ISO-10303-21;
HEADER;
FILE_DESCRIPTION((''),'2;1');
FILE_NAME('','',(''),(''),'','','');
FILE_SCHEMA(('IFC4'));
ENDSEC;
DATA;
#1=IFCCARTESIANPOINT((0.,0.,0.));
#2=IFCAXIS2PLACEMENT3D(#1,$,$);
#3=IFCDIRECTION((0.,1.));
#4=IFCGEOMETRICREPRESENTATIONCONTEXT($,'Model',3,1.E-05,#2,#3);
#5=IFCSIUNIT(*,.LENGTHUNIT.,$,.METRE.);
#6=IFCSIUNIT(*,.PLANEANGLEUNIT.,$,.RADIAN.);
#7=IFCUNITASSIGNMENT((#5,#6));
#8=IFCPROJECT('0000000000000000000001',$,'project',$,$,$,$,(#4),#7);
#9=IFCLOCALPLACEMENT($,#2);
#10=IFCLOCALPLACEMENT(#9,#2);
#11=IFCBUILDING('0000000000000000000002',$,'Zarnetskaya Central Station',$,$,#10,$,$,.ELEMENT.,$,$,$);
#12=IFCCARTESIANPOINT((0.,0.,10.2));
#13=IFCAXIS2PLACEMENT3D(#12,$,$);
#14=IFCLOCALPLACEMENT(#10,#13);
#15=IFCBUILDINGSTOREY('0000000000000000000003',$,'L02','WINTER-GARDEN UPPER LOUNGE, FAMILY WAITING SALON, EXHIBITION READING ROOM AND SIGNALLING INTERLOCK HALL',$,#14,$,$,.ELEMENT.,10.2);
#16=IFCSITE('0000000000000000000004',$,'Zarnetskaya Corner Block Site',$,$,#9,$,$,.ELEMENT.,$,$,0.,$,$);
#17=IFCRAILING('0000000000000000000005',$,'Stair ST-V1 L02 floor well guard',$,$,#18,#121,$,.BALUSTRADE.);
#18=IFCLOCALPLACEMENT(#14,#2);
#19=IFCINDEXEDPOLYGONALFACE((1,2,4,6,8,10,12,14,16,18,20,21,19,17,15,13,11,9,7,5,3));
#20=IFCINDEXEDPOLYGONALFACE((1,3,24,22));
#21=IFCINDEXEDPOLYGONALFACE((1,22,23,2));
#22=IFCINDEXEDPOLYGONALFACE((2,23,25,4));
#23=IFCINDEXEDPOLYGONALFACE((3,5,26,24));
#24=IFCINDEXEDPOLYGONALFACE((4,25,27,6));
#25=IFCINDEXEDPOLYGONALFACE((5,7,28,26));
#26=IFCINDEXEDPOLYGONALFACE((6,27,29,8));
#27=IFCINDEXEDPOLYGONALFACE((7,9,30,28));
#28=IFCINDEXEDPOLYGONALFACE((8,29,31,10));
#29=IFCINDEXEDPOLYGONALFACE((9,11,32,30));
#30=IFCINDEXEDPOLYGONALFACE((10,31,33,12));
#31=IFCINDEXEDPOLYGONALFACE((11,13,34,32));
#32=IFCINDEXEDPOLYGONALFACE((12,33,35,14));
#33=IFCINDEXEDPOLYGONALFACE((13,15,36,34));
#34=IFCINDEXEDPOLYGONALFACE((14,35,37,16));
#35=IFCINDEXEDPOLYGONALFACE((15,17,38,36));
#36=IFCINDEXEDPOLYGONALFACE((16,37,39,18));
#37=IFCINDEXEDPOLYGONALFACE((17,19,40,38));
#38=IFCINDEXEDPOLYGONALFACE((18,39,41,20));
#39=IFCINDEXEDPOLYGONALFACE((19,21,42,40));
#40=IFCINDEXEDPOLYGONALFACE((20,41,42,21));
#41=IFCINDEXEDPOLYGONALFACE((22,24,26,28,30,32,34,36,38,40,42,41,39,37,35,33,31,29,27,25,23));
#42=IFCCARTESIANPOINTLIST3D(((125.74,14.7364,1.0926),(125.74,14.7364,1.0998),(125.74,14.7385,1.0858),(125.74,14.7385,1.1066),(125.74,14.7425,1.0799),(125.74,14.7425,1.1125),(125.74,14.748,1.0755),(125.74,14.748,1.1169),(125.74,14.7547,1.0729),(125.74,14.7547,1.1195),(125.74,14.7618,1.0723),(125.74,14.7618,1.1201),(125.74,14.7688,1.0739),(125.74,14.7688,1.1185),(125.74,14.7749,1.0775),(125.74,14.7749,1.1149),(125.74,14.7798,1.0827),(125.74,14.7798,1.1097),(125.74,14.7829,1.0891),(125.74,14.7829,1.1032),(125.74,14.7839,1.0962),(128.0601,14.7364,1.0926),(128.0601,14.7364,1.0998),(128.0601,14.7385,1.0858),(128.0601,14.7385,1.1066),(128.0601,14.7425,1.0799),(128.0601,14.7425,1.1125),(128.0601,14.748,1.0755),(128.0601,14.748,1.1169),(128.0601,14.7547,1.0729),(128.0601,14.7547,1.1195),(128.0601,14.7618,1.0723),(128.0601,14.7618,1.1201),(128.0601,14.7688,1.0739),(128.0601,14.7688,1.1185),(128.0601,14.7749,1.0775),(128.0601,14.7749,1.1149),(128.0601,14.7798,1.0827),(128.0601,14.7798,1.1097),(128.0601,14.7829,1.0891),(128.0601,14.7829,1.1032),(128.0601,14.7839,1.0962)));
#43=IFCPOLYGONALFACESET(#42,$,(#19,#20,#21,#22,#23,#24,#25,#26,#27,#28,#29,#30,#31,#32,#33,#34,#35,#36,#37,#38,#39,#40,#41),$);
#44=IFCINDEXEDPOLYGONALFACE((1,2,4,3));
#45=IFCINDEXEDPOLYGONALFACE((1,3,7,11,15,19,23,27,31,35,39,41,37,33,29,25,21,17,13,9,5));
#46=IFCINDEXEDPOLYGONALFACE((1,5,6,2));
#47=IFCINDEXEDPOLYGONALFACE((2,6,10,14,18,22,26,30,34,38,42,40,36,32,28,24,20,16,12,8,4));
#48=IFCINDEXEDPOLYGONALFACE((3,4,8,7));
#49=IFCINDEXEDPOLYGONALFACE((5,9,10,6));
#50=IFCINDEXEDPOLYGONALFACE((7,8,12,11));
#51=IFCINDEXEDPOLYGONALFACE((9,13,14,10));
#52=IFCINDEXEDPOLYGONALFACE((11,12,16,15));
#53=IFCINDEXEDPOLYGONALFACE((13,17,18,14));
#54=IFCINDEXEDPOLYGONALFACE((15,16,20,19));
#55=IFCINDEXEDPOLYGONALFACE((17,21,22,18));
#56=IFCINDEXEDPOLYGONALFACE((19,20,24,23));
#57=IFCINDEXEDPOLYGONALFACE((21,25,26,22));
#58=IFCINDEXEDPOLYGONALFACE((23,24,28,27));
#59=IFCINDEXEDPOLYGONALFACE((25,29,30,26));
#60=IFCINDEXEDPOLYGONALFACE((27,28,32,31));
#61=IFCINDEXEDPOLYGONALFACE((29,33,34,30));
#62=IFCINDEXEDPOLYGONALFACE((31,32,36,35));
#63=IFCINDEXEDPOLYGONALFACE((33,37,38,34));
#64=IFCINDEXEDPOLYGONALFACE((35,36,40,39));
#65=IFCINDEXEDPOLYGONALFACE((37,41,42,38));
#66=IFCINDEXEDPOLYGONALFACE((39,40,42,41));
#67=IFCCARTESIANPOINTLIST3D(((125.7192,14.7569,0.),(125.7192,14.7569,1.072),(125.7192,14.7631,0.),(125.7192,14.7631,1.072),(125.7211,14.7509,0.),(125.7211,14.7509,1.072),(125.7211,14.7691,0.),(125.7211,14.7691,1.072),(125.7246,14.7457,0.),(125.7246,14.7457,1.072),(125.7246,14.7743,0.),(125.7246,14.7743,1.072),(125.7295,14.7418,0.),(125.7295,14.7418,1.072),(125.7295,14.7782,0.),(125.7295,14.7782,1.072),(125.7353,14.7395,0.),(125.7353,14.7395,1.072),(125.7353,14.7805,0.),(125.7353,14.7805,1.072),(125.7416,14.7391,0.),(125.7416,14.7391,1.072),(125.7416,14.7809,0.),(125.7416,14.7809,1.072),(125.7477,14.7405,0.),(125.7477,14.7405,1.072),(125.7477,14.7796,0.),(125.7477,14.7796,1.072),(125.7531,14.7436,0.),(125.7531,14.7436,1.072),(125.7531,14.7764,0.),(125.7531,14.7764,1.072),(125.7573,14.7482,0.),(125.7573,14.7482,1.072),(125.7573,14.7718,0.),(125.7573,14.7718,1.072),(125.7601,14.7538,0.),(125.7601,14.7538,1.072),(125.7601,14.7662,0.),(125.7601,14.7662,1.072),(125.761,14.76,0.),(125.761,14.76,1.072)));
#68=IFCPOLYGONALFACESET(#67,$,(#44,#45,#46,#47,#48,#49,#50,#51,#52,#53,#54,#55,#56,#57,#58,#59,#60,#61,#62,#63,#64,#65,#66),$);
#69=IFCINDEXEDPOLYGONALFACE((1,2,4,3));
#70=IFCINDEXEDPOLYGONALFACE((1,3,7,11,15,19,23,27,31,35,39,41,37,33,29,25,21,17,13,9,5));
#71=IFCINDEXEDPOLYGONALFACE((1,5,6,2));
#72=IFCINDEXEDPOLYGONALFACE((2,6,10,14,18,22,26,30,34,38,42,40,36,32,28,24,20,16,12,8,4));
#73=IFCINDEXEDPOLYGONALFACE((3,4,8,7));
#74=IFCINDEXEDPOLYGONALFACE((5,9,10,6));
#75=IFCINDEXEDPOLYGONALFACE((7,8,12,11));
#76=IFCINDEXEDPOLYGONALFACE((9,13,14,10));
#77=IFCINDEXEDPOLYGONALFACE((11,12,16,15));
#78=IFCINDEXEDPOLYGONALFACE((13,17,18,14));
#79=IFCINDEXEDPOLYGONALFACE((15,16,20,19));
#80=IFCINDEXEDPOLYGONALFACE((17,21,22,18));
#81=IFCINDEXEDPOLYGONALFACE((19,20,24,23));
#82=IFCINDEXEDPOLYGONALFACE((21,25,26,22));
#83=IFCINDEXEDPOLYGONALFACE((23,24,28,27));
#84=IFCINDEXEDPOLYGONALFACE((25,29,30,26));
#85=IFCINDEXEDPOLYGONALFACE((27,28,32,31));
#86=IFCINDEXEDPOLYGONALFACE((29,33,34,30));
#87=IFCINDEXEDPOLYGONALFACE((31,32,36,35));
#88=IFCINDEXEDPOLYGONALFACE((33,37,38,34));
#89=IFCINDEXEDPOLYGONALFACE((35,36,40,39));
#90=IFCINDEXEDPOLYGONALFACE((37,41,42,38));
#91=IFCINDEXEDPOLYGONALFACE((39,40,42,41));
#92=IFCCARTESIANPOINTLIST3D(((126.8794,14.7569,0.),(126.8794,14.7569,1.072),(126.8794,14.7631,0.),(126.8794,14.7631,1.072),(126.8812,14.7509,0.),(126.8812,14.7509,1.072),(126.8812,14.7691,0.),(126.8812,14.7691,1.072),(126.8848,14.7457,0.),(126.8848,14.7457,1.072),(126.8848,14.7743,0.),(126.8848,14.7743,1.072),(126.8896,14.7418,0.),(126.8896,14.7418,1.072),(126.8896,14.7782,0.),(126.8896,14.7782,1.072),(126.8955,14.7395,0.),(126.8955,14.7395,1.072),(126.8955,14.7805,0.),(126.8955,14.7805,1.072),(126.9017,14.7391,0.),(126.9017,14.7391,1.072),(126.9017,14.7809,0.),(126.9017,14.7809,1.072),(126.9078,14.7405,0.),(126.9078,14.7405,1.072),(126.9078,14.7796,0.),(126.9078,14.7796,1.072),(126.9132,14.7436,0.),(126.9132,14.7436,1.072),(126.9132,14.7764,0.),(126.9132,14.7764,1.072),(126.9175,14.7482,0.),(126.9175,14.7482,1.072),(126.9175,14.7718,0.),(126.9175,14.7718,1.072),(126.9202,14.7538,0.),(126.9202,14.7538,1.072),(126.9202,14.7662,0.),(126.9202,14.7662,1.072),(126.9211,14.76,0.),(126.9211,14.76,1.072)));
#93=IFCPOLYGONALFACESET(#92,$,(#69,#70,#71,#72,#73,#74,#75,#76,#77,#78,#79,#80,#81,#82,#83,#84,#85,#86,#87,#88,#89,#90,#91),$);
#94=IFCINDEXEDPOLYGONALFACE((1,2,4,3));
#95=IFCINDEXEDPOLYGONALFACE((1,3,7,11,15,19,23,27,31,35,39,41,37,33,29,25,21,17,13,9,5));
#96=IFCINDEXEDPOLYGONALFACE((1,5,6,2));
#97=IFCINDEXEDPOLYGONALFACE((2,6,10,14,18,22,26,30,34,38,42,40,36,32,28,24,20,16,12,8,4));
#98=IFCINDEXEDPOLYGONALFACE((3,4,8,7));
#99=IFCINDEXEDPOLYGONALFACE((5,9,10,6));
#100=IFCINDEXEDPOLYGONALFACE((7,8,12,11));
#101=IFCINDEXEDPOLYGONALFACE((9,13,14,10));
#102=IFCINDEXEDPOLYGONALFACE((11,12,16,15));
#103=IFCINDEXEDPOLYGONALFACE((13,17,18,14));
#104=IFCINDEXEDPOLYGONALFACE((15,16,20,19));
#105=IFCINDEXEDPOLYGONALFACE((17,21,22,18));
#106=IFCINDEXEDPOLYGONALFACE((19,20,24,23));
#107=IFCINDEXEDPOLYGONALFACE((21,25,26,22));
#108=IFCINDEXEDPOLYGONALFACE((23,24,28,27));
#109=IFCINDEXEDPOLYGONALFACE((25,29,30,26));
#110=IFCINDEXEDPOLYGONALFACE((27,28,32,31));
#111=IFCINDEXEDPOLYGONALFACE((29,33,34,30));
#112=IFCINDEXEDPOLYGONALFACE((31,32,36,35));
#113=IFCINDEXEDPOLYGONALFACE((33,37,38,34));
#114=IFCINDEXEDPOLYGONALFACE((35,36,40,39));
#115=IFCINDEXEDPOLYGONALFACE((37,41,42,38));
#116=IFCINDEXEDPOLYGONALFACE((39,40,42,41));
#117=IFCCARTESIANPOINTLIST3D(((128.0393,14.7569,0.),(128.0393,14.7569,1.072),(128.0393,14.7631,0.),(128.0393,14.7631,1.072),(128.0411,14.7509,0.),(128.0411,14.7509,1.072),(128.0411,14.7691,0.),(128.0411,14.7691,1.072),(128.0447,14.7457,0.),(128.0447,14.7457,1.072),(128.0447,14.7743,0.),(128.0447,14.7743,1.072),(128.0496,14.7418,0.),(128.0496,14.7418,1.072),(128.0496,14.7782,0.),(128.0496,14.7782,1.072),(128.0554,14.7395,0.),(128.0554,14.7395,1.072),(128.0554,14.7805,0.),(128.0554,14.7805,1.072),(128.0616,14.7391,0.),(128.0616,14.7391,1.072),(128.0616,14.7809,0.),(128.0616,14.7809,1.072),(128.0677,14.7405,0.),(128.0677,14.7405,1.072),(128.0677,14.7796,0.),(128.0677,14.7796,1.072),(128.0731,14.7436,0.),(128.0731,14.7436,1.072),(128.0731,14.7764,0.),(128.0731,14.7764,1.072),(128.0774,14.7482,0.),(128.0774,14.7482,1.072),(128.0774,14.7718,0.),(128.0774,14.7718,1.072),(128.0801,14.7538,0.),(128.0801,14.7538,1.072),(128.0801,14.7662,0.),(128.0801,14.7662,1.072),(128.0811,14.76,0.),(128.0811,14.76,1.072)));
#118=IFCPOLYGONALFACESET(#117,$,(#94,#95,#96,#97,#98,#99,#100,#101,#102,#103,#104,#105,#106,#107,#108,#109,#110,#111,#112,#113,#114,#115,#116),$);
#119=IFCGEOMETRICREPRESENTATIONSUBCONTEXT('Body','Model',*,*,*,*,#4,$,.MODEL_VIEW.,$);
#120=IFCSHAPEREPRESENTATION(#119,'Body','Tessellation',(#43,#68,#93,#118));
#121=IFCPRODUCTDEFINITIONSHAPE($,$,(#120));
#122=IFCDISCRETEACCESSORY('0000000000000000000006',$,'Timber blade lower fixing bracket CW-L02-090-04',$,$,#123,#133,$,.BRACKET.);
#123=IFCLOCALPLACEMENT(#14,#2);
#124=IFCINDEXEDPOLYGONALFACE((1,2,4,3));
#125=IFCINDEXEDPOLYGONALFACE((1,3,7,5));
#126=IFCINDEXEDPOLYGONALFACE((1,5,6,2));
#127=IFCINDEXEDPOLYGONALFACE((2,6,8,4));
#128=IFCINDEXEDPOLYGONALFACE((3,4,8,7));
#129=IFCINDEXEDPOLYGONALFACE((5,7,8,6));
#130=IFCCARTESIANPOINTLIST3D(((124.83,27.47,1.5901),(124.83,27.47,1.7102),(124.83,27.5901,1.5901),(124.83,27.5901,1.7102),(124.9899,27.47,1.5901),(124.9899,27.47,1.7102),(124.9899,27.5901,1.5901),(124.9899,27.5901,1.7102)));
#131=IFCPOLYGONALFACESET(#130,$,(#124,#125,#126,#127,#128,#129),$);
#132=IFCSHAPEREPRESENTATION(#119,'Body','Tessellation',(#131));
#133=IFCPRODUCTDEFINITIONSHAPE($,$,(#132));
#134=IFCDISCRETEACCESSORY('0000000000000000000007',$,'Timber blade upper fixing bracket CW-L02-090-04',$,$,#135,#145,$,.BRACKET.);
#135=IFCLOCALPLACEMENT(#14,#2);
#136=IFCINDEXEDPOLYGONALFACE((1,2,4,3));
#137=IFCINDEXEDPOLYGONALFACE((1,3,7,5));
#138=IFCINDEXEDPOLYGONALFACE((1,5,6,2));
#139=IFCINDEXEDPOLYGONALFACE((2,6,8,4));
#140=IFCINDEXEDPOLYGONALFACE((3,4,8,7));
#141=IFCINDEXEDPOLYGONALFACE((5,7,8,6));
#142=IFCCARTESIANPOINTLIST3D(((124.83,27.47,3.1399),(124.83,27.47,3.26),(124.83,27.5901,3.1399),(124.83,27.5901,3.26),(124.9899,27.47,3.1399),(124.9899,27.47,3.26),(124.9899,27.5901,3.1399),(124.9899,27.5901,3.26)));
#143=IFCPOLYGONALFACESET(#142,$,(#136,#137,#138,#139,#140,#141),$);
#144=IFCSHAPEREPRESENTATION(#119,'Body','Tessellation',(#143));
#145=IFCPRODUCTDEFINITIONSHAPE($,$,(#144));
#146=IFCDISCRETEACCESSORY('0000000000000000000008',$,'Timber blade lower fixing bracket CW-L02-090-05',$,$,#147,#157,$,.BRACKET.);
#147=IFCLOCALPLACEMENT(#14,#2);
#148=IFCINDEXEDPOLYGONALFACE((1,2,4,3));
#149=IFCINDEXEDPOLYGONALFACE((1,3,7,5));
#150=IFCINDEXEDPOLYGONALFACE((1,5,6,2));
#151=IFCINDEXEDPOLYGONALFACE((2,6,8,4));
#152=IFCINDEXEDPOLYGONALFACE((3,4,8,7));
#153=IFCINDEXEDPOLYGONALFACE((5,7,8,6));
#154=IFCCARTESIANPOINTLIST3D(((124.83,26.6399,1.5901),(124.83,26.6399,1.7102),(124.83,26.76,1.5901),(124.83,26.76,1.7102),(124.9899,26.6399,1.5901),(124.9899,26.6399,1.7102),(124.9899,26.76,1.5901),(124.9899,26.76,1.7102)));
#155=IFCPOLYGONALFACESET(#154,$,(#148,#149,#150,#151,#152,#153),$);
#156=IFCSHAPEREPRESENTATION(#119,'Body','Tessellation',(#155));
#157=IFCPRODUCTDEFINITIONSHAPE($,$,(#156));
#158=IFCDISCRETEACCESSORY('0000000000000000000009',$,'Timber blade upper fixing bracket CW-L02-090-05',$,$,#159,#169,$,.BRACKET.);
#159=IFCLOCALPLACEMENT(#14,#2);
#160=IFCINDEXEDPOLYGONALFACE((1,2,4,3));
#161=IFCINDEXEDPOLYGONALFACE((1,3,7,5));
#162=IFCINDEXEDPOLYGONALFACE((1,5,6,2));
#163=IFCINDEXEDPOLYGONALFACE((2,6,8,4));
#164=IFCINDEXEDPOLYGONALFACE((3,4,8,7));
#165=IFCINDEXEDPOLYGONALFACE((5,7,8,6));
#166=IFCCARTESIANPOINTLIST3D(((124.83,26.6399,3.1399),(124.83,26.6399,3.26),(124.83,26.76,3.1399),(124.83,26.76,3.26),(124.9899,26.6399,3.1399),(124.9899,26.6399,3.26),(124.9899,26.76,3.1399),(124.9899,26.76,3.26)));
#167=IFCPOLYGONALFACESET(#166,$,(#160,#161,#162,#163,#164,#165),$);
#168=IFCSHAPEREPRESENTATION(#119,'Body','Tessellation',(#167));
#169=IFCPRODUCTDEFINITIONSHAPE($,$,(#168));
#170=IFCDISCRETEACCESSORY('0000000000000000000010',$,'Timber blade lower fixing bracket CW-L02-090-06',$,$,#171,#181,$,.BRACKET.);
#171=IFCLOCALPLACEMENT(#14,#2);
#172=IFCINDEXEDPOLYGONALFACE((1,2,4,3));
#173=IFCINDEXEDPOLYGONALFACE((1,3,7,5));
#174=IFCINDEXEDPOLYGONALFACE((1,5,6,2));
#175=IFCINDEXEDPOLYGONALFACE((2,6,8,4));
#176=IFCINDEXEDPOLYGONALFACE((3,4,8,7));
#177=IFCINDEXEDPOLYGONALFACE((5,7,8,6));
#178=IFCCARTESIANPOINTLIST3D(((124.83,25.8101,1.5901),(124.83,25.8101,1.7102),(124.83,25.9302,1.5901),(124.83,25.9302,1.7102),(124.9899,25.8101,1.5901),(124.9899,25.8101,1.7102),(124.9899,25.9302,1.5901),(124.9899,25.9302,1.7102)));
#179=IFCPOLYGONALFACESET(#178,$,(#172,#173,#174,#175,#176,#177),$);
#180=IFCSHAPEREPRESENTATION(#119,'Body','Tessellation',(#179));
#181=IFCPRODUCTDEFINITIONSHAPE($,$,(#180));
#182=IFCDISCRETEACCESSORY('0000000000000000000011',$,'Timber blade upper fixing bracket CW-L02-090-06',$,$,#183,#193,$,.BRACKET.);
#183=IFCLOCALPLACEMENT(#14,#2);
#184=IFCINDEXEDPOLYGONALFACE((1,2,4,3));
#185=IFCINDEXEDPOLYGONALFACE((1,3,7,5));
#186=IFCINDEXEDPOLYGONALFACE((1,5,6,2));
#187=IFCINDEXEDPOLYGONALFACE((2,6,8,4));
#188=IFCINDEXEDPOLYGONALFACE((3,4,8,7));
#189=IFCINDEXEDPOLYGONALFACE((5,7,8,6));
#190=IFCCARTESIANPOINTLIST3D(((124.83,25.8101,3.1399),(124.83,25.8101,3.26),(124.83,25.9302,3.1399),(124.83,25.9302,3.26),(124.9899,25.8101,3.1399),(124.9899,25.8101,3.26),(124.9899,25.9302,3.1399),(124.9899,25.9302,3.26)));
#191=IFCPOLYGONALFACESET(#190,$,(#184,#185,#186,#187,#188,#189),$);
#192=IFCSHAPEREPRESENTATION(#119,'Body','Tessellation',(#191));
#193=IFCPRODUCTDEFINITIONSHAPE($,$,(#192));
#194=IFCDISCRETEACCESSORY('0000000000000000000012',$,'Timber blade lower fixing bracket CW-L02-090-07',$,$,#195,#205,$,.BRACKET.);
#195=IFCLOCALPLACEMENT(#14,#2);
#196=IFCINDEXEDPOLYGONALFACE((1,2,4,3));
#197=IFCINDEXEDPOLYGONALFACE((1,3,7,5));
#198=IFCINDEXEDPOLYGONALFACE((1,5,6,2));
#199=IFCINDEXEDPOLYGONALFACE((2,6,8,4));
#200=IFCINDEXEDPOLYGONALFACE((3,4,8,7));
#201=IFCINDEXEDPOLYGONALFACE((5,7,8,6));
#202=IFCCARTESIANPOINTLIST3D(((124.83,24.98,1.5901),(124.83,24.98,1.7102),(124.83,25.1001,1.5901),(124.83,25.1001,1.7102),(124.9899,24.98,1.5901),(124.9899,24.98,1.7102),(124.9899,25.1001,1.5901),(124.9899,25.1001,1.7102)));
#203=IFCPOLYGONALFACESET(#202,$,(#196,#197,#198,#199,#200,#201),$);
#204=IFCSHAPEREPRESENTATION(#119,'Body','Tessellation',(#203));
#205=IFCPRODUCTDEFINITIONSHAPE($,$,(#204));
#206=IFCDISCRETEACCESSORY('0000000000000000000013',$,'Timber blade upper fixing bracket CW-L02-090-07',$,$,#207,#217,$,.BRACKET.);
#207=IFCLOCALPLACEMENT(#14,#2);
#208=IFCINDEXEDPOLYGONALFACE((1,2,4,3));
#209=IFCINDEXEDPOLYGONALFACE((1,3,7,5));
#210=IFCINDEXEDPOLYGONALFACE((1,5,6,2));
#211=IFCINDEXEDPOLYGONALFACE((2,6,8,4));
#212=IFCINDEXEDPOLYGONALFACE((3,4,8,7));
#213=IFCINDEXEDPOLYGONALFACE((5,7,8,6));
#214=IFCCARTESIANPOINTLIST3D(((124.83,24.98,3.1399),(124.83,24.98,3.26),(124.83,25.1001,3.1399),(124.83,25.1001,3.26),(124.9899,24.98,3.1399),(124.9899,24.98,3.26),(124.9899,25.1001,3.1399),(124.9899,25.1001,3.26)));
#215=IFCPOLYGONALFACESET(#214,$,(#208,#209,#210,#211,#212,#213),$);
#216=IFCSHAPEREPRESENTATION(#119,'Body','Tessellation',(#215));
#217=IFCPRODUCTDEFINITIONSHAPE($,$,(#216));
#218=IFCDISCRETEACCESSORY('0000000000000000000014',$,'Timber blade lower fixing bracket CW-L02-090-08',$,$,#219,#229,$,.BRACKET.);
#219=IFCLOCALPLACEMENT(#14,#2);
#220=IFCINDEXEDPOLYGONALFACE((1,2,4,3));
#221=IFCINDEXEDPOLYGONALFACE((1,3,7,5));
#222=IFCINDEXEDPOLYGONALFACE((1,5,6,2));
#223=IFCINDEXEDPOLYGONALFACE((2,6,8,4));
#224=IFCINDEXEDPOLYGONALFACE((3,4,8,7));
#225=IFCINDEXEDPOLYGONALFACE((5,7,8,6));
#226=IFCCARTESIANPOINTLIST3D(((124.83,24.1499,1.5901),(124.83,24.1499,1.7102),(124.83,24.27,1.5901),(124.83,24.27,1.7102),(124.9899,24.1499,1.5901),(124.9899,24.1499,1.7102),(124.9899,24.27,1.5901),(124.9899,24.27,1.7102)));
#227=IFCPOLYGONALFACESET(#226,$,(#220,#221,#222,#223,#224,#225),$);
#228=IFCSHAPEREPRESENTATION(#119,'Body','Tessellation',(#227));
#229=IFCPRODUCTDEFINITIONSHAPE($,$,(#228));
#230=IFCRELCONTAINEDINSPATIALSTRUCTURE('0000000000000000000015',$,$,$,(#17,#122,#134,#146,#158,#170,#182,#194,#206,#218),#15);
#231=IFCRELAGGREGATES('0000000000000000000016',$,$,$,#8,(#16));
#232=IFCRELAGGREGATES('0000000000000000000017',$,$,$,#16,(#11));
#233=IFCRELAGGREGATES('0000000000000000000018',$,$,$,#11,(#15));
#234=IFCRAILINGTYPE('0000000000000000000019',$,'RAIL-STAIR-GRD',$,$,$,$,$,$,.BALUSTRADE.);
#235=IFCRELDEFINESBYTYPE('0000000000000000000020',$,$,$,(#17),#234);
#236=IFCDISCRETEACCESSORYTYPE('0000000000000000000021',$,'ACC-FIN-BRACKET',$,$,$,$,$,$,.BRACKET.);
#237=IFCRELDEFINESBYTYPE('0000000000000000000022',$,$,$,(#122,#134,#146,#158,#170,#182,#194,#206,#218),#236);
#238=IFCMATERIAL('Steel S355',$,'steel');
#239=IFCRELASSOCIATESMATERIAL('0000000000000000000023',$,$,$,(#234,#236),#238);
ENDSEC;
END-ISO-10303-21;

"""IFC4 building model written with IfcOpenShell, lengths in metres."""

from ifc_helpers import new_model, si_unit, direction, frame, origin, origin_2d, place, context, subcontext, project, spatial, rectangle, circle, extrude, material, type_object, element, save


model = new_model("IFC4")

# Units and contexts
model_context = context("Model", 3, precision=1e-05, world=origin(), true_north=direction((0.0, 1.0)))
body_context = subcontext(model_context, "Body", "Model", "MODEL_VIEW")
ifc_project = project(units=[si_unit("LENGTHUNIT", "METRE"), si_unit("PLANEANGLEUNIT", "RADIAN")], contexts=[model_context])

# Site, building, storey
site_placement = place(None, origin())
site = spatial("IfcSite", under=ifc_project, at=site_placement, Name="Zarnetskaya Corner Block Site", CompositionType="ELEMENT", RefElevation=0.0)
building_placement = place(site_placement, origin())
building = spatial("IfcBuilding", under=site, at=building_placement, Name="Zarnetskaya Central Station", CompositionType="ELEMENT")
storey_placement = place(building_placement, frame((0.0, 0.0, 10.2)))
storey = spatial("IfcBuildingStorey", under=building, at=storey_placement, Name="L02", Description="WINTER-GARDEN UPPER LOUNGE, FAMILY WAITING SALON, EXHIBITION READING ROOM AND SIGNALLING INTERLOCK HALL", CompositionType="ELEMENT", Elevation=10.2)

# Shared definitions
ifc_material_1 = material(Name="Steel S355", Category="steel")

# Railing
railing_type = type_object("IfcRailingType", Name="RAIL-STAIR-GRD", PredefinedType="BALUSTRADE", material=ifc_material_1)
railing_placement = place(storey_placement, frame((125.74, 14.76, 0.0)))
element("IfcRailing", 1, at=railing_placement, inside=storey, type_object=railing_type, Name="Stair ST-V1 L02 floor well guard", PredefinedType="BALUSTRADE", context=body_context, shape_type="SweptSolid", body=[
    extrude(circle(Radius=0.0239, at=origin_2d()), frame((0.0, 0.0, 1.0962), z_axis=(1.0, 0.0, 0.0), x_axis=(0.0, 1.0, 0.0)), (0.0, 0.0, 1.0), 2.3201),
    extrude(circle(Radius=0.021, at=origin_2d()), origin(), (0.0, 0.0, 1.0), 1.072),
    extrude(circle(Radius=0.021, at=origin_2d()), frame((1.1602, 0.0, 0.0)), (0.0, 0.0, 1.0), 1.072),
    extrude(circle(Radius=0.021, at=origin_2d()), frame((2.3201, 0.0, 0.0)), (0.0, 0.0, 1.0), 1.072),
])

# Discrete accessories
discrete_accessory_type = type_object("IfcDiscreteAccessoryType", Name="ACC-FIN-BRACKET", PredefinedType="BRACKET", material=ifc_material_1)
for number, where, z_axis, x_axis, name in (
    (2, (124.9099, 27.53, 1.5901), (0.0, 0.0, 1.0), (0.0, -1.0, 0.0), "Timber blade lower fixing bracket CW-L02-090-04"),
    (3, (124.9099, 27.53, 3.1399), (0.0, 0.0, 1.0), (0.0, -1.0, 0.0), "Timber blade upper fixing bracket CW-L02-090-04"),
    (4, (124.9099, 26.7, 1.5901), (0.0, 0.0, 1.0), (0.0, -1.0, 0.0), "Timber blade lower fixing bracket CW-L02-090-05"),
    (5, (124.9099, 26.7, 3.1399), (0.0, 0.0, 1.0), (0.0, -1.0, 0.0), "Timber blade upper fixing bracket CW-L02-090-05"),
    (6, (124.9099, 25.8701, 1.5901), (0.0, 0.0, 1.0), (0.0, -1.0, 0.0), "Timber blade lower fixing bracket CW-L02-090-06"),
    (7, (124.9099, 25.8701, 3.1399), (0.0, 0.0, 1.0), (0.0, -1.0, 0.0), "Timber blade upper fixing bracket CW-L02-090-06"),
    (8, (124.9099, 25.04, 1.5901), (0.0, 0.0, 1.0), (0.0, -1.0, 0.0), "Timber blade lower fixing bracket CW-L02-090-07"),
    (9, (124.9099, 25.04, 3.1399), (0.0, 0.0, 1.0), (0.0, -1.0, 0.0), "Timber blade upper fixing bracket CW-L02-090-07"),
    (10, (124.9099, 24.21, 1.5901), (0.0, 0.0, 1.0), (0.0, -1.0, 0.0), "Timber blade lower fixing bracket CW-L02-090-08"),
):
    element("IfcDiscreteAccessory", number, at=place(storey_placement, frame(where, z_axis=z_axis, x_axis=x_axis)), inside=storey, type_object=discrete_accessory_type, Name=name, PredefinedType="BRACKET", context=body_context, shape_type="SweptSolid", body=[
        extrude(rectangle(XDim=0.1201, YDim=0.1599, at=origin_2d()), origin(), (0.0, 0.0, 1.0), 0.1201),
    ])

save(model, "model.ifc")
